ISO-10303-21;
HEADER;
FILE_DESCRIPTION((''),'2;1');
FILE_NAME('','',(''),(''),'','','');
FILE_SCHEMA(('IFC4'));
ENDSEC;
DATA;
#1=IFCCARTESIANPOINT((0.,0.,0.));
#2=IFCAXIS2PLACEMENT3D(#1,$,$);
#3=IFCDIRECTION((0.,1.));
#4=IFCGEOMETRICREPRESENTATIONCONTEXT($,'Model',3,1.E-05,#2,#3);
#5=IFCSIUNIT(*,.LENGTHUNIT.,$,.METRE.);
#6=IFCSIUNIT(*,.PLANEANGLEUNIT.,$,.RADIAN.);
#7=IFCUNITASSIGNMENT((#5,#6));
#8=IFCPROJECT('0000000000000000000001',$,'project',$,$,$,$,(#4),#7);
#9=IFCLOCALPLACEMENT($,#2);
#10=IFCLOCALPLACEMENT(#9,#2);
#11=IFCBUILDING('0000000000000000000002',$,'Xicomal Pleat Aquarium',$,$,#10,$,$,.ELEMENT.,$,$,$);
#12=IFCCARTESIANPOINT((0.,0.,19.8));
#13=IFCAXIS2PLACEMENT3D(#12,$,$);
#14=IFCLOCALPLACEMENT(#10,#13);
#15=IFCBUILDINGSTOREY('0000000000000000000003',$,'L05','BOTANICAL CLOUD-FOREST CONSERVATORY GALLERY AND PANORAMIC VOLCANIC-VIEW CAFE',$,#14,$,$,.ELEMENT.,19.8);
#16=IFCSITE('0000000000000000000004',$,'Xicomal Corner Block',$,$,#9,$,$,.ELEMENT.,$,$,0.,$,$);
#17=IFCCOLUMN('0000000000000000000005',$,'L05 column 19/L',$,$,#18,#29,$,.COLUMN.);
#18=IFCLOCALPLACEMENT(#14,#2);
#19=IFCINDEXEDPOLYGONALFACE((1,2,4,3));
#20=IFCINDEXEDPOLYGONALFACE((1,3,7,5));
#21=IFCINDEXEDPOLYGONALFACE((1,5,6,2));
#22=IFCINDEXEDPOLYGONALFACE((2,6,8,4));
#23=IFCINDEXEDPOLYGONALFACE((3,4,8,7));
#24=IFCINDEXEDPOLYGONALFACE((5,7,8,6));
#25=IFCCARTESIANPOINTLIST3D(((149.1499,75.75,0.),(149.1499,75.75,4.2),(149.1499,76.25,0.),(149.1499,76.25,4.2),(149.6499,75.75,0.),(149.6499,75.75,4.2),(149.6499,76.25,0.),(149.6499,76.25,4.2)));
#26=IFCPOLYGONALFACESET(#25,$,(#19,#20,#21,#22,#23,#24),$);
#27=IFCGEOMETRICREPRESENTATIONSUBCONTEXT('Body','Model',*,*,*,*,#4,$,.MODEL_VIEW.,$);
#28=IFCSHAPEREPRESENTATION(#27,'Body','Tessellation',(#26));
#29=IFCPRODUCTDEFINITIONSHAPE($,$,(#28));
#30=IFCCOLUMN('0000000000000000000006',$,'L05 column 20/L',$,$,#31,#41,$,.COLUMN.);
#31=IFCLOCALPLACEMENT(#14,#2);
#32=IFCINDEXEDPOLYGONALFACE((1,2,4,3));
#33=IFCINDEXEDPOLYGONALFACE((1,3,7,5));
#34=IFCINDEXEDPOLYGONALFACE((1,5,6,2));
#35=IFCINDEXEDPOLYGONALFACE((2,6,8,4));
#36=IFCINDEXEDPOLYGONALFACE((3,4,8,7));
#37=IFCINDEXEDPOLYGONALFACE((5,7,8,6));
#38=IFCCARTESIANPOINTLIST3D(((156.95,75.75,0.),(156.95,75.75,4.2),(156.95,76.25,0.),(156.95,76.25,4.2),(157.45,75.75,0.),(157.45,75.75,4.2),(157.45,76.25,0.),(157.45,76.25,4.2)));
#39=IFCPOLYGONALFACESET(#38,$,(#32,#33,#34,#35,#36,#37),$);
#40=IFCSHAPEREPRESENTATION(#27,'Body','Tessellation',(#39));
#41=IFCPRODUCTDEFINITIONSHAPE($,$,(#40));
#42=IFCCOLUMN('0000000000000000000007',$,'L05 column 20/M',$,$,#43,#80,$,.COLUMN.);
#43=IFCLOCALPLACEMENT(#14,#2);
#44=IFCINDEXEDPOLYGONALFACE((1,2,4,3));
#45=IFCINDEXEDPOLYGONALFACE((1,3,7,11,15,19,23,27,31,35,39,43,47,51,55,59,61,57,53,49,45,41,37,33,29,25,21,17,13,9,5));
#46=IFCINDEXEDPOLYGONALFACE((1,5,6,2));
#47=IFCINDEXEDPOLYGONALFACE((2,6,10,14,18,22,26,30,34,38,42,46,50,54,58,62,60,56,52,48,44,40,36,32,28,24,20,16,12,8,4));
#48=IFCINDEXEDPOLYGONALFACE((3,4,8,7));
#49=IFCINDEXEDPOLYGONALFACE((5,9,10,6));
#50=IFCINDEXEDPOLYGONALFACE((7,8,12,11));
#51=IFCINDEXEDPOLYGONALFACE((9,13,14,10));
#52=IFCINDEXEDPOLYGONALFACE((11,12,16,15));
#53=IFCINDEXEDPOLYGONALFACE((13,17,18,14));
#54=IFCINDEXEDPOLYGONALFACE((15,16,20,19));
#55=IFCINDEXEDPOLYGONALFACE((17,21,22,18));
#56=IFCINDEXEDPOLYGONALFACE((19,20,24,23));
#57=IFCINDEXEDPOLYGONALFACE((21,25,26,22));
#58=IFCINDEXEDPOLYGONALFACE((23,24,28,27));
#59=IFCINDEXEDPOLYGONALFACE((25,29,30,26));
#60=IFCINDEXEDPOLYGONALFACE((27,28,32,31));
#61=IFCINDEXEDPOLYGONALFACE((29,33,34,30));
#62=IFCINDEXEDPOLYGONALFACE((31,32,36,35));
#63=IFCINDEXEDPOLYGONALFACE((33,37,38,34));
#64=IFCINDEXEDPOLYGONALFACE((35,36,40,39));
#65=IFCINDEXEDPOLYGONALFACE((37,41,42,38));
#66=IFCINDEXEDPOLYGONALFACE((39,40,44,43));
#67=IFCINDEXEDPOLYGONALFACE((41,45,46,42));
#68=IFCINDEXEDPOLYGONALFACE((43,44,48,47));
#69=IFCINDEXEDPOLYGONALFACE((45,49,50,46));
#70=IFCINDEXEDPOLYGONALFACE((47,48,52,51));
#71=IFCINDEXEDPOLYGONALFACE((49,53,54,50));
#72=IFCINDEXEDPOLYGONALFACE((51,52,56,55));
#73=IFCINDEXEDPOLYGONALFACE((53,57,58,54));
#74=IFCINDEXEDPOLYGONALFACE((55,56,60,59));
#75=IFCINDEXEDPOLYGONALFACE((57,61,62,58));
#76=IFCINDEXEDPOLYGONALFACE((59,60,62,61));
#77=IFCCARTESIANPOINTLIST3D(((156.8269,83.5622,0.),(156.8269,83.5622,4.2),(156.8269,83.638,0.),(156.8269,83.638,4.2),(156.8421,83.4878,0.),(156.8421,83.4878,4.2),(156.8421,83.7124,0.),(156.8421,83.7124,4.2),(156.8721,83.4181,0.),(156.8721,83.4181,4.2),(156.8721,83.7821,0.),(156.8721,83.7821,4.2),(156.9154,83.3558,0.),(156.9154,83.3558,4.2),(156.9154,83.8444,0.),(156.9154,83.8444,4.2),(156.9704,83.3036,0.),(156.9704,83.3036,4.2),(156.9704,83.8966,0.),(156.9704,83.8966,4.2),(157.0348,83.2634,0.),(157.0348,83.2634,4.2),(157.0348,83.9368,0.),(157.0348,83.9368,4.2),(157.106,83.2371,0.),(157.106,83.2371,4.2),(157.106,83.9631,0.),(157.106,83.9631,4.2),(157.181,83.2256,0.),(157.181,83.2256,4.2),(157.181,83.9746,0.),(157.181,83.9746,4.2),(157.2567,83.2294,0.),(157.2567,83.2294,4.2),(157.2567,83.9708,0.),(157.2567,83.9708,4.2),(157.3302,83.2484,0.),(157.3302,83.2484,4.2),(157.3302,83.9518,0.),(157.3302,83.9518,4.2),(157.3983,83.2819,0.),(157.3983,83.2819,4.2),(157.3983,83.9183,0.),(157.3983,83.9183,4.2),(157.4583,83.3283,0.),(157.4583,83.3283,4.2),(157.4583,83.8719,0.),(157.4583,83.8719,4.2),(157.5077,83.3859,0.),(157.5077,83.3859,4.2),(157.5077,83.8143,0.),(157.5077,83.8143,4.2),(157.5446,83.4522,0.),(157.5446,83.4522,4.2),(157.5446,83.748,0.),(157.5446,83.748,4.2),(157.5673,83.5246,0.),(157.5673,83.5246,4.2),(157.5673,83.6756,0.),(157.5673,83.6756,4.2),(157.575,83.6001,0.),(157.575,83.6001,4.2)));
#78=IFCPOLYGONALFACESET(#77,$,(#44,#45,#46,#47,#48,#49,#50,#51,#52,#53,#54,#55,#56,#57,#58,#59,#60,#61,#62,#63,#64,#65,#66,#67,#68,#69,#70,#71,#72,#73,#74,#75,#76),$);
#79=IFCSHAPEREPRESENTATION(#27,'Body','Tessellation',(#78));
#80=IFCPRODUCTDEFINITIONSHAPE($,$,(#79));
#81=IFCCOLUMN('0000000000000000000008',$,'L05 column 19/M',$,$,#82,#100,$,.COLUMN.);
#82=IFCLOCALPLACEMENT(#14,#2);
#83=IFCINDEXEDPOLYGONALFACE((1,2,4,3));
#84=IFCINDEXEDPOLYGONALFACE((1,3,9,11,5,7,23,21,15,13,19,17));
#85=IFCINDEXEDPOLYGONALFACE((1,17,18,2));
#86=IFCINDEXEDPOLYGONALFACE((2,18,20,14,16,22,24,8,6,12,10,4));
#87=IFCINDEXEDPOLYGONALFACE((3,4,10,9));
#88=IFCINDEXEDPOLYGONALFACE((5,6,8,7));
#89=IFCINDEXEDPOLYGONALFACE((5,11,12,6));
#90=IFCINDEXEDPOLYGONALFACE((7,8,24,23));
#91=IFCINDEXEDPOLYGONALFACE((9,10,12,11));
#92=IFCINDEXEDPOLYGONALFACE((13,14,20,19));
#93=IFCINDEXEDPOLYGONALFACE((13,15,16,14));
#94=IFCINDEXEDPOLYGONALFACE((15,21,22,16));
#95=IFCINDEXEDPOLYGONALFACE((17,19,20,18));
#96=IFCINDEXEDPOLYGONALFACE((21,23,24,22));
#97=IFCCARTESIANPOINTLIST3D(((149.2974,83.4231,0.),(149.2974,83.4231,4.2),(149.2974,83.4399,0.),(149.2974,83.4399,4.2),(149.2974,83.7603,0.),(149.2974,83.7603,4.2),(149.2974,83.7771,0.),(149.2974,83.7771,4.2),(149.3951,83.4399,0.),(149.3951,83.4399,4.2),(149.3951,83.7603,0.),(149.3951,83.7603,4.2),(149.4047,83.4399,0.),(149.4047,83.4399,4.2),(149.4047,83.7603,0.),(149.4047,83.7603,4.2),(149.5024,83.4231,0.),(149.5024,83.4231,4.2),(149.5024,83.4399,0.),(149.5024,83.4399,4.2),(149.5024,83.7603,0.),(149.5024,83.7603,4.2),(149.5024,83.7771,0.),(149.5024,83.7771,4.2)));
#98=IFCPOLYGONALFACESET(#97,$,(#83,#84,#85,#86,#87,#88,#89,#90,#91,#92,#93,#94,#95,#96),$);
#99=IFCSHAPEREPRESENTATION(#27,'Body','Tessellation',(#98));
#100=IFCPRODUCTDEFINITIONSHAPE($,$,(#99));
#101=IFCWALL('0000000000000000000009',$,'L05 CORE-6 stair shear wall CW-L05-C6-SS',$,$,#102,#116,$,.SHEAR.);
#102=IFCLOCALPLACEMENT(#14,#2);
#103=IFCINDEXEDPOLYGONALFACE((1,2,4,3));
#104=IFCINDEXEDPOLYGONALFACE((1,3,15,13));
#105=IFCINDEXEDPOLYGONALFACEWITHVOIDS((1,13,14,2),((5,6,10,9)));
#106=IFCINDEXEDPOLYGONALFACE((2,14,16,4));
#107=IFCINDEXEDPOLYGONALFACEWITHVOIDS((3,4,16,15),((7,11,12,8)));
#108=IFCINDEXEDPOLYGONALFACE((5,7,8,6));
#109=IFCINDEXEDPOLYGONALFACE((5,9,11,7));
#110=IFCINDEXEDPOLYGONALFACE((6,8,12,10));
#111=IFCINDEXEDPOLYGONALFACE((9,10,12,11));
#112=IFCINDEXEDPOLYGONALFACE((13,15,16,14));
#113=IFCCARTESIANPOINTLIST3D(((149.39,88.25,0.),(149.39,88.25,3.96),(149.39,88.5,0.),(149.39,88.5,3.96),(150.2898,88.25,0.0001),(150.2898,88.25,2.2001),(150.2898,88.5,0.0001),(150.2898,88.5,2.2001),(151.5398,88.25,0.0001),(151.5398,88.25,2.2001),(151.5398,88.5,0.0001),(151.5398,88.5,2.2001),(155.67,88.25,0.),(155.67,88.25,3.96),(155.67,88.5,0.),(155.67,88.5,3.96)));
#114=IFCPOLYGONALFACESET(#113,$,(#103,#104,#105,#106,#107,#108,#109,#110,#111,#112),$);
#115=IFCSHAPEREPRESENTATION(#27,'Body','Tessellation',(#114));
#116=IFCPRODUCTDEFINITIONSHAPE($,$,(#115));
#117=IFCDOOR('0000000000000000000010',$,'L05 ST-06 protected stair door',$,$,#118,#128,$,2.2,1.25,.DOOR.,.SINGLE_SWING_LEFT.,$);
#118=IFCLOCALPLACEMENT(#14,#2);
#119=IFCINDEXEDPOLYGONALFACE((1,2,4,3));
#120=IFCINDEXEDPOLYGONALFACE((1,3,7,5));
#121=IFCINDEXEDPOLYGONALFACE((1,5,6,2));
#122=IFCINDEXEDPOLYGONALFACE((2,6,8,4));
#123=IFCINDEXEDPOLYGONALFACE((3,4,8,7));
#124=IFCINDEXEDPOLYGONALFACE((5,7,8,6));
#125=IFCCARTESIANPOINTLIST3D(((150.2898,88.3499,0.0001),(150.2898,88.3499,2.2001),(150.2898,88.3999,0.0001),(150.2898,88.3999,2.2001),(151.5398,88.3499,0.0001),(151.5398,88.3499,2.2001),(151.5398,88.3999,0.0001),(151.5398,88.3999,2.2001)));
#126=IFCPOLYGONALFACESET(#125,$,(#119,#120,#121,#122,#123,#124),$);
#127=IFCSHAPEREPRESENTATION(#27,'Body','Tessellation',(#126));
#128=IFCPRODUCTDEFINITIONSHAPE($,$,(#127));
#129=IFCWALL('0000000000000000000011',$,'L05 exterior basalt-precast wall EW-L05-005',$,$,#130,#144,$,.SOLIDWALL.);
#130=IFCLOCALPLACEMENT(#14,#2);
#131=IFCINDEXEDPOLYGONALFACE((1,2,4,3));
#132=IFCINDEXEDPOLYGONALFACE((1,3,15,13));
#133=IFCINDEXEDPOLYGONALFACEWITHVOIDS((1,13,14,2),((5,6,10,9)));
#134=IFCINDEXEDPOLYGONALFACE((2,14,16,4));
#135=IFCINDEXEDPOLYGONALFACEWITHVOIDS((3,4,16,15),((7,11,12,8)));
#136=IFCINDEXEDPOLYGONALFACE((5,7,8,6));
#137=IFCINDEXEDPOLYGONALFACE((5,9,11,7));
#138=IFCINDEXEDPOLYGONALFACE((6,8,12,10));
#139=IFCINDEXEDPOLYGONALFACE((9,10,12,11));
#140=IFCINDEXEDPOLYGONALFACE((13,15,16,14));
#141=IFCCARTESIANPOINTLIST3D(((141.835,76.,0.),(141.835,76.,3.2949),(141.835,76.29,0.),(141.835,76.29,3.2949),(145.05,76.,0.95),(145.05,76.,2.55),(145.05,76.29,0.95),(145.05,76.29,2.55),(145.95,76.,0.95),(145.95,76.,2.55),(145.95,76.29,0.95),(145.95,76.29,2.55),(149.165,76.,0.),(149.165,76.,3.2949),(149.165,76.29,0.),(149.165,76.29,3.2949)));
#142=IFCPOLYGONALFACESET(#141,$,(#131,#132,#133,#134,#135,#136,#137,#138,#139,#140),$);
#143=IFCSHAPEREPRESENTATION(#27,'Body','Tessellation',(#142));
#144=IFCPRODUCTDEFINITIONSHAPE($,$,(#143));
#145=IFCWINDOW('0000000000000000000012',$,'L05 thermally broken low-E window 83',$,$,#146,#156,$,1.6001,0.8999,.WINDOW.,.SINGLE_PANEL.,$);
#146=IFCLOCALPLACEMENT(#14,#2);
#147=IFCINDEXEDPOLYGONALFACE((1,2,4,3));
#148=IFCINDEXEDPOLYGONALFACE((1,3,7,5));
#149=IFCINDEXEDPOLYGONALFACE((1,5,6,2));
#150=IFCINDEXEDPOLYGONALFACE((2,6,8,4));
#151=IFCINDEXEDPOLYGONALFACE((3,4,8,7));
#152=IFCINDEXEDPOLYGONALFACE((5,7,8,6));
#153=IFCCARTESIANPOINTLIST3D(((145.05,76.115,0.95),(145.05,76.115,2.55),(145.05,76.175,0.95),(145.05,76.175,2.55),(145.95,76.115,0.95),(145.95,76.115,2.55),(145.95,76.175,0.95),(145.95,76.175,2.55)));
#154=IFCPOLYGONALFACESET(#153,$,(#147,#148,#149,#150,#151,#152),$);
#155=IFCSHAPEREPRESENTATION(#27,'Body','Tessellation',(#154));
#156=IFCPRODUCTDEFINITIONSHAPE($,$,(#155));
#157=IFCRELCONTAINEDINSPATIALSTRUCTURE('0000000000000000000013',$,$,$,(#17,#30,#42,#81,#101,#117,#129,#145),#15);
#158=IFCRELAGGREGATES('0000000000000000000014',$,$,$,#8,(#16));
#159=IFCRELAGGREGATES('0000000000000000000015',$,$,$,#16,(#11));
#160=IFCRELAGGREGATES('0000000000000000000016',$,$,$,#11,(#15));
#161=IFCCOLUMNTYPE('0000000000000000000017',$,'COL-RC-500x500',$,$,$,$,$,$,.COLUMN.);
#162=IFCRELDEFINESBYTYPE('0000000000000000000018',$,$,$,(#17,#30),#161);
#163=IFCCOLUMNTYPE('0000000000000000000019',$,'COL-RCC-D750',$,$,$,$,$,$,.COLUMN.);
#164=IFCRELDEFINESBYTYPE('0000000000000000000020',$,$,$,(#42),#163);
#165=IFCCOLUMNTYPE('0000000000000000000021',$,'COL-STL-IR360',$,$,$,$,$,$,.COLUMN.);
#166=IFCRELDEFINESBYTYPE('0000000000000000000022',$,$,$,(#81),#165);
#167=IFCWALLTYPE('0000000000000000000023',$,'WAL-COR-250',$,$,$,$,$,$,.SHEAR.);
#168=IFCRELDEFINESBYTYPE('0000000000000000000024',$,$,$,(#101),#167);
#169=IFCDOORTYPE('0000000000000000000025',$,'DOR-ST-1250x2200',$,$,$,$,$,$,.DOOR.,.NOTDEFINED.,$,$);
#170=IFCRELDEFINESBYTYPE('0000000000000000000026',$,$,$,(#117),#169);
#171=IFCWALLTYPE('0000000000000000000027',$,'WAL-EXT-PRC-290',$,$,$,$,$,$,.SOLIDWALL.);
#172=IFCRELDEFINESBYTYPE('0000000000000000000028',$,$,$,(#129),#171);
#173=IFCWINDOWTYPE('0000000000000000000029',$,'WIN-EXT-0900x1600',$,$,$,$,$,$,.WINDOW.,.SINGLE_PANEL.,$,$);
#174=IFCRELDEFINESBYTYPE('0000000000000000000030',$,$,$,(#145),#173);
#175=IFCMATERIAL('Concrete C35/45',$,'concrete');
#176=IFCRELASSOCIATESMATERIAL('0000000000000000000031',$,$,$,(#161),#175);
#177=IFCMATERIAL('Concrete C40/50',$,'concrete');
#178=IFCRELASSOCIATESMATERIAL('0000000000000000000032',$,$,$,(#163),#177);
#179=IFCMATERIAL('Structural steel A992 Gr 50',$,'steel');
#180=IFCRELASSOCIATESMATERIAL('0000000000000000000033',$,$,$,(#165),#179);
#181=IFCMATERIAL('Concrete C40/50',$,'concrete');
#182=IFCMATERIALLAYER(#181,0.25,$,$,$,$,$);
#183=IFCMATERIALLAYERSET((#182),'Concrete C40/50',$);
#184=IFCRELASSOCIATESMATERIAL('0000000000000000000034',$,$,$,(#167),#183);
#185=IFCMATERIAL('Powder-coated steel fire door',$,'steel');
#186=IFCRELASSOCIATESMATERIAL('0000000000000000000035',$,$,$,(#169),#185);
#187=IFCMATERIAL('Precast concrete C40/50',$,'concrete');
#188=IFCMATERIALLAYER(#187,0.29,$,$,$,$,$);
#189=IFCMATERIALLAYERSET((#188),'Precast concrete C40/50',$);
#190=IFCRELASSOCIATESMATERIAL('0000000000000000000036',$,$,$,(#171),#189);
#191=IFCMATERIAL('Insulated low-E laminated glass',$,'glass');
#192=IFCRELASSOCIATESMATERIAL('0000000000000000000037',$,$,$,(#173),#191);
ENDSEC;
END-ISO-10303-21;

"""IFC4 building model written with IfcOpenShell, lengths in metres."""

from ifc_helpers import new_model, si_unit, direction, frame, frame_2d, origin, origin_2d, place, context, subcontext, project, spatial, rectangle, circle, i_section, extrude, material, layer, layer_set, material_profile, profile_set, type_object, element, fill, save


model = new_model("IFC4")

# Units and contexts
model_context = context("Model", 3, precision=1e-05, world=origin(), true_north=direction((0.0, 1.0)))
body_context = subcontext(model_context, "Body", "Model", "MODEL_VIEW")
ifc_project = project(units=[si_unit("LENGTHUNIT", "METRE"), si_unit("PLANEANGLEUNIT", "RADIAN")], contexts=[model_context])

# Site, building, storey
site_placement = place(None, origin())
site = spatial("IfcSite", under=ifc_project, at=site_placement, Name="Xicomal Corner Block", CompositionType="ELEMENT", RefElevation=0.0)
building_placement = place(site_placement, origin())
building = spatial("IfcBuilding", under=site, at=building_placement, Name="Xicomal Pleat Aquarium", CompositionType="ELEMENT")
storey_placement = place(building_placement, frame((0.0, 0.0, 19.8)))
storey = spatial("IfcBuildingStorey", under=building, at=storey_placement, Name="L05", Description="BOTANICAL CLOUD-FOREST CONSERVATORY GALLERY AND PANORAMIC VOLCANIC-VIEW CAFE", CompositionType="ELEMENT", Elevation=19.8)

# Columns
ifc_material_1 = material(Name="Concrete C35/45", Category="concrete")
ifc_material_profile_1 = material_profile(ifc_material_1, rectangle(XDim=0.5, YDim=0.5, at=origin_2d()), Name="RC 500x500")
ifc_profile_set_1 = profile_set([ifc_material_profile_1], Name="Concrete C35/45")
column_type_1 = type_object("IfcColumnType", Name="COL-RC-500x500", PredefinedType="COLUMN", material=ifc_profile_set_1)
for number, where, z_axis, x_axis, name in (
    (1, (149.3999, 76.0, 0.0), (0.0, 0.0, 1.0), (1.0, 0.0, 0.0), "L05 column 19/L"),
    (2, (157.2, 76.0, 0.0), (0.0, 0.0, 1.0), (1.0, 0.0, 0.0), "L05 column 20/L"),
):
    element("IfcColumn", number, at=place(storey_placement, frame(where, z_axis=z_axis, x_axis=x_axis)), inside=storey, type_object=column_type_1, Name=name, PredefinedType="COLUMN", context=body_context, shape_type="SweptSolid", body=[
        extrude(rectangle(XDim=0.5, YDim=0.5, at=origin_2d()), origin(), (0.0, 0.0, 1.0), 4.2),
    ])
ifc_material_2 = material(Name="Concrete C40/50", Category="concrete")
ifc_material_profile_2 = material_profile(ifc_material_2, circle(Radius=0.375, at=origin_2d()), Name="RCC D750")
ifc_profile_set_2 = profile_set([ifc_material_profile_2], Name="Concrete C40/50")
column_type_2 = type_object("IfcColumnType", Name="COL-RCC-D750", PredefinedType="COLUMN", material=ifc_profile_set_2)
column_1_placement = place(storey_placement, frame((157.2, 83.6001, 0.0), z_axis=(0.0, 0.0, 1.0), x_axis=(1.0, 0.0, 0.0)))
element("IfcColumn", 3, at=column_1_placement, inside=storey, type_object=column_type_2, Name="L05 column 20/M", PredefinedType="COLUMN", context=body_context, shape_type="SweptSolid", body=[
    extrude(circle(Radius=0.375, at=origin_2d()), origin(), (0.0, 0.0, 1.0), 4.2),
])
ifc_material_3 = material(Name="Structural steel A992 Gr 50", Category="steel")
ifc_material_profile_3 = material_profile(ifc_material_3, i_section(OverallWidth=0.2051, OverallDepth=0.354, WebThickness=0.0095, FlangeThickness=0.0168, at=origin_2d()), Name="IR 360x79")
ifc_profile_set_3 = profile_set([ifc_material_profile_3], Name="Structural steel A992 Gr 50")
column_type_3 = type_object("IfcColumnType", Name="COL-STL-IR360", PredefinedType="COLUMN", material=ifc_profile_set_3)
column_2_placement = place(storey_placement, frame((149.3999, 83.6001, 0.0), z_axis=(0.0, 0.0, 1.0), x_axis=(1.0, 0.0, 0.0)))
element("IfcColumn", 4, at=column_2_placement, inside=storey, type_object=column_type_3, Name="L05 column 19/M", PredefinedType="COLUMN", context=body_context, shape_type="SweptSolid", body=[
    extrude(i_section(OverallWidth=0.2051, OverallDepth=0.354, WebThickness=0.0095, FlangeThickness=0.0168, at=origin_2d()), origin(), (0.0, 0.0, 1.0), 4.2),
])

# Wall, opening, door
ifc_material_4 = material(Name="Concrete C40/50", Category="concrete")
ifc_layer_1 = layer(ifc_material_4, 0.25)
ifc_layer_set_1 = layer_set([ifc_layer_1], Name="Concrete C40/50")
wall_type_1 = type_object("IfcWallType", Name="WAL-COR-250", PredefinedType="SHEAR", material=ifc_layer_set_1)
wall_1_placement = place(storey_placement, frame((149.3899, 88.375, 0.0), z_axis=(0.0, 0.0, 1.0), x_axis=(1.0, 0.0, 0.0)))
wall_1 = element("IfcWall", 5, at=wall_1_placement, inside=storey, type_object=wall_type_1, Name="L05 CORE-6 stair shear wall CW-L05-C6-SS", PredefinedType="SHEAR", context=body_context, shape_type="SweptSolid", body=[
    extrude(rectangle(XDim=6.28, YDim=0.25, at=frame_2d((3.1401, 0.0))), origin(), (0.0, 0.0, 1.0), 3.96),
])
opening_1_placement = place(wall_1_placement, frame((0.8999, 0.0, 0.0)))
opening_1 = element("IfcOpeningElement", 6, at=opening_1_placement, cuts=wall_1, PredefinedType="OPENING", context=body_context, shape_type="SweptSolid", body=[
    extrude(rectangle(XDim=1.25, YDim=2.2, at=frame_2d((0.625, 1.1001))), frame((0.0, 0.135, 0.0), z_axis=(0.0, -1.0, 0.0), x_axis=(1.0, 0.0, 0.0)), (0.0, 0.0, 1.0), 0.27),
])
ifc_material_5 = material(Name="Powder-coated steel fire door", Category="steel")
door_type_1 = type_object("IfcDoorType", Name="DOR-ST-1250x2200", OperationType="NOTDEFINED", PredefinedType="DOOR", material=ifc_material_5)
door_1_placement = place(opening_1_placement, origin())
door_1 = element("IfcDoor", 7, at=door_1_placement, inside=storey, type_object=door_type_1, Name="L05 ST-06 protected stair door", OperationType="SINGLE_SWING_LEFT", OverallHeight=2.2, OverallWidth=1.25, PredefinedType="DOOR", context=body_context, shape_type="SweptSolid", body=[
    extrude(rectangle(XDim=1.25, YDim=2.2, at=frame_2d((0.625, 1.1001))), frame((0.0, 0.0249, 0.0), z_axis=(0.0, -1.0, 0.0), x_axis=(1.0, 0.0, 0.0)), (0.0, 0.0, 1.0), 0.05),
])
fill(opening_1, door_1)

# Wall, opening, window
ifc_material_6 = material(Name="Precast concrete C40/50", Category="concrete")
ifc_layer_2 = layer(ifc_material_6, 0.29)
ifc_layer_set_2 = layer_set([ifc_layer_2], Name="Precast concrete C40/50")
wall_type_2 = type_object("IfcWallType", Name="WAL-EXT-PRC-290", PredefinedType="SOLIDWALL", material=ifc_layer_set_2)
wall_2_placement = place(storey_placement, frame((149.165, 76.145, 0.0), z_axis=(0.0, 0.0, 1.0), x_axis=(-1.0, 0.0, 0.0)))
wall_2 = element("IfcWall", 8, at=wall_2_placement, inside=storey, type_object=wall_type_2, Name="L05 exterior basalt-precast wall EW-L05-005", PredefinedType="SOLIDWALL", context=body_context, shape_type="SweptSolid", body=[
    extrude(rectangle(XDim=7.3301, YDim=0.29, at=frame_2d((3.665, 0.0))), origin(), (0.0, 0.0, 1.0), 3.2949),
])
opening_2_placement = place(wall_2_placement, frame((3.2151, 0.0, 0.95)))
opening_2 = element("IfcOpeningElement", 9, at=opening_2_placement, cuts=wall_2, PredefinedType="OPENING", context=body_context, shape_type="SweptSolid", body=[
    extrude(rectangle(XDim=0.8999, YDim=1.6001, at=frame_2d((0.45, 0.8))), frame((0.0, 0.155, 0.0), z_axis=(0.0, -1.0, 0.0), x_axis=(1.0, 0.0, 0.0)), (0.0, 0.0, 1.0), 0.3101),
])
ifc_material_7 = material(Name="Insulated low-E laminated glass", Category="glass")
window_type_1 = type_object("IfcWindowType", Name="WIN-EXT-0900x1600", PartitioningType="SINGLE_PANEL", PredefinedType="WINDOW", material=ifc_material_7)
window_1_placement = place(opening_2_placement, origin())
window_1 = element("IfcWindow", 10, at=window_1_placement, inside=storey, type_object=window_type_1, Name="L05 thermally broken low-E window 83", OverallHeight=1.6001, OverallWidth=0.8999, PartitioningType="SINGLE_PANEL", PredefinedType="WINDOW", context=body_context, shape_type="SweptSolid", body=[
    extrude(rectangle(XDim=0.8999, YDim=1.6001, at=frame_2d((0.45, 0.8))), frame((0.0, 0.03, 0.0), z_axis=(0.0, -1.0, 0.0), x_axis=(1.0, 0.0, 0.0)), (0.0, 0.0, 1.0), 0.0601),
])
fill(opening_2, window_1)

save(model, "model.ifc")
